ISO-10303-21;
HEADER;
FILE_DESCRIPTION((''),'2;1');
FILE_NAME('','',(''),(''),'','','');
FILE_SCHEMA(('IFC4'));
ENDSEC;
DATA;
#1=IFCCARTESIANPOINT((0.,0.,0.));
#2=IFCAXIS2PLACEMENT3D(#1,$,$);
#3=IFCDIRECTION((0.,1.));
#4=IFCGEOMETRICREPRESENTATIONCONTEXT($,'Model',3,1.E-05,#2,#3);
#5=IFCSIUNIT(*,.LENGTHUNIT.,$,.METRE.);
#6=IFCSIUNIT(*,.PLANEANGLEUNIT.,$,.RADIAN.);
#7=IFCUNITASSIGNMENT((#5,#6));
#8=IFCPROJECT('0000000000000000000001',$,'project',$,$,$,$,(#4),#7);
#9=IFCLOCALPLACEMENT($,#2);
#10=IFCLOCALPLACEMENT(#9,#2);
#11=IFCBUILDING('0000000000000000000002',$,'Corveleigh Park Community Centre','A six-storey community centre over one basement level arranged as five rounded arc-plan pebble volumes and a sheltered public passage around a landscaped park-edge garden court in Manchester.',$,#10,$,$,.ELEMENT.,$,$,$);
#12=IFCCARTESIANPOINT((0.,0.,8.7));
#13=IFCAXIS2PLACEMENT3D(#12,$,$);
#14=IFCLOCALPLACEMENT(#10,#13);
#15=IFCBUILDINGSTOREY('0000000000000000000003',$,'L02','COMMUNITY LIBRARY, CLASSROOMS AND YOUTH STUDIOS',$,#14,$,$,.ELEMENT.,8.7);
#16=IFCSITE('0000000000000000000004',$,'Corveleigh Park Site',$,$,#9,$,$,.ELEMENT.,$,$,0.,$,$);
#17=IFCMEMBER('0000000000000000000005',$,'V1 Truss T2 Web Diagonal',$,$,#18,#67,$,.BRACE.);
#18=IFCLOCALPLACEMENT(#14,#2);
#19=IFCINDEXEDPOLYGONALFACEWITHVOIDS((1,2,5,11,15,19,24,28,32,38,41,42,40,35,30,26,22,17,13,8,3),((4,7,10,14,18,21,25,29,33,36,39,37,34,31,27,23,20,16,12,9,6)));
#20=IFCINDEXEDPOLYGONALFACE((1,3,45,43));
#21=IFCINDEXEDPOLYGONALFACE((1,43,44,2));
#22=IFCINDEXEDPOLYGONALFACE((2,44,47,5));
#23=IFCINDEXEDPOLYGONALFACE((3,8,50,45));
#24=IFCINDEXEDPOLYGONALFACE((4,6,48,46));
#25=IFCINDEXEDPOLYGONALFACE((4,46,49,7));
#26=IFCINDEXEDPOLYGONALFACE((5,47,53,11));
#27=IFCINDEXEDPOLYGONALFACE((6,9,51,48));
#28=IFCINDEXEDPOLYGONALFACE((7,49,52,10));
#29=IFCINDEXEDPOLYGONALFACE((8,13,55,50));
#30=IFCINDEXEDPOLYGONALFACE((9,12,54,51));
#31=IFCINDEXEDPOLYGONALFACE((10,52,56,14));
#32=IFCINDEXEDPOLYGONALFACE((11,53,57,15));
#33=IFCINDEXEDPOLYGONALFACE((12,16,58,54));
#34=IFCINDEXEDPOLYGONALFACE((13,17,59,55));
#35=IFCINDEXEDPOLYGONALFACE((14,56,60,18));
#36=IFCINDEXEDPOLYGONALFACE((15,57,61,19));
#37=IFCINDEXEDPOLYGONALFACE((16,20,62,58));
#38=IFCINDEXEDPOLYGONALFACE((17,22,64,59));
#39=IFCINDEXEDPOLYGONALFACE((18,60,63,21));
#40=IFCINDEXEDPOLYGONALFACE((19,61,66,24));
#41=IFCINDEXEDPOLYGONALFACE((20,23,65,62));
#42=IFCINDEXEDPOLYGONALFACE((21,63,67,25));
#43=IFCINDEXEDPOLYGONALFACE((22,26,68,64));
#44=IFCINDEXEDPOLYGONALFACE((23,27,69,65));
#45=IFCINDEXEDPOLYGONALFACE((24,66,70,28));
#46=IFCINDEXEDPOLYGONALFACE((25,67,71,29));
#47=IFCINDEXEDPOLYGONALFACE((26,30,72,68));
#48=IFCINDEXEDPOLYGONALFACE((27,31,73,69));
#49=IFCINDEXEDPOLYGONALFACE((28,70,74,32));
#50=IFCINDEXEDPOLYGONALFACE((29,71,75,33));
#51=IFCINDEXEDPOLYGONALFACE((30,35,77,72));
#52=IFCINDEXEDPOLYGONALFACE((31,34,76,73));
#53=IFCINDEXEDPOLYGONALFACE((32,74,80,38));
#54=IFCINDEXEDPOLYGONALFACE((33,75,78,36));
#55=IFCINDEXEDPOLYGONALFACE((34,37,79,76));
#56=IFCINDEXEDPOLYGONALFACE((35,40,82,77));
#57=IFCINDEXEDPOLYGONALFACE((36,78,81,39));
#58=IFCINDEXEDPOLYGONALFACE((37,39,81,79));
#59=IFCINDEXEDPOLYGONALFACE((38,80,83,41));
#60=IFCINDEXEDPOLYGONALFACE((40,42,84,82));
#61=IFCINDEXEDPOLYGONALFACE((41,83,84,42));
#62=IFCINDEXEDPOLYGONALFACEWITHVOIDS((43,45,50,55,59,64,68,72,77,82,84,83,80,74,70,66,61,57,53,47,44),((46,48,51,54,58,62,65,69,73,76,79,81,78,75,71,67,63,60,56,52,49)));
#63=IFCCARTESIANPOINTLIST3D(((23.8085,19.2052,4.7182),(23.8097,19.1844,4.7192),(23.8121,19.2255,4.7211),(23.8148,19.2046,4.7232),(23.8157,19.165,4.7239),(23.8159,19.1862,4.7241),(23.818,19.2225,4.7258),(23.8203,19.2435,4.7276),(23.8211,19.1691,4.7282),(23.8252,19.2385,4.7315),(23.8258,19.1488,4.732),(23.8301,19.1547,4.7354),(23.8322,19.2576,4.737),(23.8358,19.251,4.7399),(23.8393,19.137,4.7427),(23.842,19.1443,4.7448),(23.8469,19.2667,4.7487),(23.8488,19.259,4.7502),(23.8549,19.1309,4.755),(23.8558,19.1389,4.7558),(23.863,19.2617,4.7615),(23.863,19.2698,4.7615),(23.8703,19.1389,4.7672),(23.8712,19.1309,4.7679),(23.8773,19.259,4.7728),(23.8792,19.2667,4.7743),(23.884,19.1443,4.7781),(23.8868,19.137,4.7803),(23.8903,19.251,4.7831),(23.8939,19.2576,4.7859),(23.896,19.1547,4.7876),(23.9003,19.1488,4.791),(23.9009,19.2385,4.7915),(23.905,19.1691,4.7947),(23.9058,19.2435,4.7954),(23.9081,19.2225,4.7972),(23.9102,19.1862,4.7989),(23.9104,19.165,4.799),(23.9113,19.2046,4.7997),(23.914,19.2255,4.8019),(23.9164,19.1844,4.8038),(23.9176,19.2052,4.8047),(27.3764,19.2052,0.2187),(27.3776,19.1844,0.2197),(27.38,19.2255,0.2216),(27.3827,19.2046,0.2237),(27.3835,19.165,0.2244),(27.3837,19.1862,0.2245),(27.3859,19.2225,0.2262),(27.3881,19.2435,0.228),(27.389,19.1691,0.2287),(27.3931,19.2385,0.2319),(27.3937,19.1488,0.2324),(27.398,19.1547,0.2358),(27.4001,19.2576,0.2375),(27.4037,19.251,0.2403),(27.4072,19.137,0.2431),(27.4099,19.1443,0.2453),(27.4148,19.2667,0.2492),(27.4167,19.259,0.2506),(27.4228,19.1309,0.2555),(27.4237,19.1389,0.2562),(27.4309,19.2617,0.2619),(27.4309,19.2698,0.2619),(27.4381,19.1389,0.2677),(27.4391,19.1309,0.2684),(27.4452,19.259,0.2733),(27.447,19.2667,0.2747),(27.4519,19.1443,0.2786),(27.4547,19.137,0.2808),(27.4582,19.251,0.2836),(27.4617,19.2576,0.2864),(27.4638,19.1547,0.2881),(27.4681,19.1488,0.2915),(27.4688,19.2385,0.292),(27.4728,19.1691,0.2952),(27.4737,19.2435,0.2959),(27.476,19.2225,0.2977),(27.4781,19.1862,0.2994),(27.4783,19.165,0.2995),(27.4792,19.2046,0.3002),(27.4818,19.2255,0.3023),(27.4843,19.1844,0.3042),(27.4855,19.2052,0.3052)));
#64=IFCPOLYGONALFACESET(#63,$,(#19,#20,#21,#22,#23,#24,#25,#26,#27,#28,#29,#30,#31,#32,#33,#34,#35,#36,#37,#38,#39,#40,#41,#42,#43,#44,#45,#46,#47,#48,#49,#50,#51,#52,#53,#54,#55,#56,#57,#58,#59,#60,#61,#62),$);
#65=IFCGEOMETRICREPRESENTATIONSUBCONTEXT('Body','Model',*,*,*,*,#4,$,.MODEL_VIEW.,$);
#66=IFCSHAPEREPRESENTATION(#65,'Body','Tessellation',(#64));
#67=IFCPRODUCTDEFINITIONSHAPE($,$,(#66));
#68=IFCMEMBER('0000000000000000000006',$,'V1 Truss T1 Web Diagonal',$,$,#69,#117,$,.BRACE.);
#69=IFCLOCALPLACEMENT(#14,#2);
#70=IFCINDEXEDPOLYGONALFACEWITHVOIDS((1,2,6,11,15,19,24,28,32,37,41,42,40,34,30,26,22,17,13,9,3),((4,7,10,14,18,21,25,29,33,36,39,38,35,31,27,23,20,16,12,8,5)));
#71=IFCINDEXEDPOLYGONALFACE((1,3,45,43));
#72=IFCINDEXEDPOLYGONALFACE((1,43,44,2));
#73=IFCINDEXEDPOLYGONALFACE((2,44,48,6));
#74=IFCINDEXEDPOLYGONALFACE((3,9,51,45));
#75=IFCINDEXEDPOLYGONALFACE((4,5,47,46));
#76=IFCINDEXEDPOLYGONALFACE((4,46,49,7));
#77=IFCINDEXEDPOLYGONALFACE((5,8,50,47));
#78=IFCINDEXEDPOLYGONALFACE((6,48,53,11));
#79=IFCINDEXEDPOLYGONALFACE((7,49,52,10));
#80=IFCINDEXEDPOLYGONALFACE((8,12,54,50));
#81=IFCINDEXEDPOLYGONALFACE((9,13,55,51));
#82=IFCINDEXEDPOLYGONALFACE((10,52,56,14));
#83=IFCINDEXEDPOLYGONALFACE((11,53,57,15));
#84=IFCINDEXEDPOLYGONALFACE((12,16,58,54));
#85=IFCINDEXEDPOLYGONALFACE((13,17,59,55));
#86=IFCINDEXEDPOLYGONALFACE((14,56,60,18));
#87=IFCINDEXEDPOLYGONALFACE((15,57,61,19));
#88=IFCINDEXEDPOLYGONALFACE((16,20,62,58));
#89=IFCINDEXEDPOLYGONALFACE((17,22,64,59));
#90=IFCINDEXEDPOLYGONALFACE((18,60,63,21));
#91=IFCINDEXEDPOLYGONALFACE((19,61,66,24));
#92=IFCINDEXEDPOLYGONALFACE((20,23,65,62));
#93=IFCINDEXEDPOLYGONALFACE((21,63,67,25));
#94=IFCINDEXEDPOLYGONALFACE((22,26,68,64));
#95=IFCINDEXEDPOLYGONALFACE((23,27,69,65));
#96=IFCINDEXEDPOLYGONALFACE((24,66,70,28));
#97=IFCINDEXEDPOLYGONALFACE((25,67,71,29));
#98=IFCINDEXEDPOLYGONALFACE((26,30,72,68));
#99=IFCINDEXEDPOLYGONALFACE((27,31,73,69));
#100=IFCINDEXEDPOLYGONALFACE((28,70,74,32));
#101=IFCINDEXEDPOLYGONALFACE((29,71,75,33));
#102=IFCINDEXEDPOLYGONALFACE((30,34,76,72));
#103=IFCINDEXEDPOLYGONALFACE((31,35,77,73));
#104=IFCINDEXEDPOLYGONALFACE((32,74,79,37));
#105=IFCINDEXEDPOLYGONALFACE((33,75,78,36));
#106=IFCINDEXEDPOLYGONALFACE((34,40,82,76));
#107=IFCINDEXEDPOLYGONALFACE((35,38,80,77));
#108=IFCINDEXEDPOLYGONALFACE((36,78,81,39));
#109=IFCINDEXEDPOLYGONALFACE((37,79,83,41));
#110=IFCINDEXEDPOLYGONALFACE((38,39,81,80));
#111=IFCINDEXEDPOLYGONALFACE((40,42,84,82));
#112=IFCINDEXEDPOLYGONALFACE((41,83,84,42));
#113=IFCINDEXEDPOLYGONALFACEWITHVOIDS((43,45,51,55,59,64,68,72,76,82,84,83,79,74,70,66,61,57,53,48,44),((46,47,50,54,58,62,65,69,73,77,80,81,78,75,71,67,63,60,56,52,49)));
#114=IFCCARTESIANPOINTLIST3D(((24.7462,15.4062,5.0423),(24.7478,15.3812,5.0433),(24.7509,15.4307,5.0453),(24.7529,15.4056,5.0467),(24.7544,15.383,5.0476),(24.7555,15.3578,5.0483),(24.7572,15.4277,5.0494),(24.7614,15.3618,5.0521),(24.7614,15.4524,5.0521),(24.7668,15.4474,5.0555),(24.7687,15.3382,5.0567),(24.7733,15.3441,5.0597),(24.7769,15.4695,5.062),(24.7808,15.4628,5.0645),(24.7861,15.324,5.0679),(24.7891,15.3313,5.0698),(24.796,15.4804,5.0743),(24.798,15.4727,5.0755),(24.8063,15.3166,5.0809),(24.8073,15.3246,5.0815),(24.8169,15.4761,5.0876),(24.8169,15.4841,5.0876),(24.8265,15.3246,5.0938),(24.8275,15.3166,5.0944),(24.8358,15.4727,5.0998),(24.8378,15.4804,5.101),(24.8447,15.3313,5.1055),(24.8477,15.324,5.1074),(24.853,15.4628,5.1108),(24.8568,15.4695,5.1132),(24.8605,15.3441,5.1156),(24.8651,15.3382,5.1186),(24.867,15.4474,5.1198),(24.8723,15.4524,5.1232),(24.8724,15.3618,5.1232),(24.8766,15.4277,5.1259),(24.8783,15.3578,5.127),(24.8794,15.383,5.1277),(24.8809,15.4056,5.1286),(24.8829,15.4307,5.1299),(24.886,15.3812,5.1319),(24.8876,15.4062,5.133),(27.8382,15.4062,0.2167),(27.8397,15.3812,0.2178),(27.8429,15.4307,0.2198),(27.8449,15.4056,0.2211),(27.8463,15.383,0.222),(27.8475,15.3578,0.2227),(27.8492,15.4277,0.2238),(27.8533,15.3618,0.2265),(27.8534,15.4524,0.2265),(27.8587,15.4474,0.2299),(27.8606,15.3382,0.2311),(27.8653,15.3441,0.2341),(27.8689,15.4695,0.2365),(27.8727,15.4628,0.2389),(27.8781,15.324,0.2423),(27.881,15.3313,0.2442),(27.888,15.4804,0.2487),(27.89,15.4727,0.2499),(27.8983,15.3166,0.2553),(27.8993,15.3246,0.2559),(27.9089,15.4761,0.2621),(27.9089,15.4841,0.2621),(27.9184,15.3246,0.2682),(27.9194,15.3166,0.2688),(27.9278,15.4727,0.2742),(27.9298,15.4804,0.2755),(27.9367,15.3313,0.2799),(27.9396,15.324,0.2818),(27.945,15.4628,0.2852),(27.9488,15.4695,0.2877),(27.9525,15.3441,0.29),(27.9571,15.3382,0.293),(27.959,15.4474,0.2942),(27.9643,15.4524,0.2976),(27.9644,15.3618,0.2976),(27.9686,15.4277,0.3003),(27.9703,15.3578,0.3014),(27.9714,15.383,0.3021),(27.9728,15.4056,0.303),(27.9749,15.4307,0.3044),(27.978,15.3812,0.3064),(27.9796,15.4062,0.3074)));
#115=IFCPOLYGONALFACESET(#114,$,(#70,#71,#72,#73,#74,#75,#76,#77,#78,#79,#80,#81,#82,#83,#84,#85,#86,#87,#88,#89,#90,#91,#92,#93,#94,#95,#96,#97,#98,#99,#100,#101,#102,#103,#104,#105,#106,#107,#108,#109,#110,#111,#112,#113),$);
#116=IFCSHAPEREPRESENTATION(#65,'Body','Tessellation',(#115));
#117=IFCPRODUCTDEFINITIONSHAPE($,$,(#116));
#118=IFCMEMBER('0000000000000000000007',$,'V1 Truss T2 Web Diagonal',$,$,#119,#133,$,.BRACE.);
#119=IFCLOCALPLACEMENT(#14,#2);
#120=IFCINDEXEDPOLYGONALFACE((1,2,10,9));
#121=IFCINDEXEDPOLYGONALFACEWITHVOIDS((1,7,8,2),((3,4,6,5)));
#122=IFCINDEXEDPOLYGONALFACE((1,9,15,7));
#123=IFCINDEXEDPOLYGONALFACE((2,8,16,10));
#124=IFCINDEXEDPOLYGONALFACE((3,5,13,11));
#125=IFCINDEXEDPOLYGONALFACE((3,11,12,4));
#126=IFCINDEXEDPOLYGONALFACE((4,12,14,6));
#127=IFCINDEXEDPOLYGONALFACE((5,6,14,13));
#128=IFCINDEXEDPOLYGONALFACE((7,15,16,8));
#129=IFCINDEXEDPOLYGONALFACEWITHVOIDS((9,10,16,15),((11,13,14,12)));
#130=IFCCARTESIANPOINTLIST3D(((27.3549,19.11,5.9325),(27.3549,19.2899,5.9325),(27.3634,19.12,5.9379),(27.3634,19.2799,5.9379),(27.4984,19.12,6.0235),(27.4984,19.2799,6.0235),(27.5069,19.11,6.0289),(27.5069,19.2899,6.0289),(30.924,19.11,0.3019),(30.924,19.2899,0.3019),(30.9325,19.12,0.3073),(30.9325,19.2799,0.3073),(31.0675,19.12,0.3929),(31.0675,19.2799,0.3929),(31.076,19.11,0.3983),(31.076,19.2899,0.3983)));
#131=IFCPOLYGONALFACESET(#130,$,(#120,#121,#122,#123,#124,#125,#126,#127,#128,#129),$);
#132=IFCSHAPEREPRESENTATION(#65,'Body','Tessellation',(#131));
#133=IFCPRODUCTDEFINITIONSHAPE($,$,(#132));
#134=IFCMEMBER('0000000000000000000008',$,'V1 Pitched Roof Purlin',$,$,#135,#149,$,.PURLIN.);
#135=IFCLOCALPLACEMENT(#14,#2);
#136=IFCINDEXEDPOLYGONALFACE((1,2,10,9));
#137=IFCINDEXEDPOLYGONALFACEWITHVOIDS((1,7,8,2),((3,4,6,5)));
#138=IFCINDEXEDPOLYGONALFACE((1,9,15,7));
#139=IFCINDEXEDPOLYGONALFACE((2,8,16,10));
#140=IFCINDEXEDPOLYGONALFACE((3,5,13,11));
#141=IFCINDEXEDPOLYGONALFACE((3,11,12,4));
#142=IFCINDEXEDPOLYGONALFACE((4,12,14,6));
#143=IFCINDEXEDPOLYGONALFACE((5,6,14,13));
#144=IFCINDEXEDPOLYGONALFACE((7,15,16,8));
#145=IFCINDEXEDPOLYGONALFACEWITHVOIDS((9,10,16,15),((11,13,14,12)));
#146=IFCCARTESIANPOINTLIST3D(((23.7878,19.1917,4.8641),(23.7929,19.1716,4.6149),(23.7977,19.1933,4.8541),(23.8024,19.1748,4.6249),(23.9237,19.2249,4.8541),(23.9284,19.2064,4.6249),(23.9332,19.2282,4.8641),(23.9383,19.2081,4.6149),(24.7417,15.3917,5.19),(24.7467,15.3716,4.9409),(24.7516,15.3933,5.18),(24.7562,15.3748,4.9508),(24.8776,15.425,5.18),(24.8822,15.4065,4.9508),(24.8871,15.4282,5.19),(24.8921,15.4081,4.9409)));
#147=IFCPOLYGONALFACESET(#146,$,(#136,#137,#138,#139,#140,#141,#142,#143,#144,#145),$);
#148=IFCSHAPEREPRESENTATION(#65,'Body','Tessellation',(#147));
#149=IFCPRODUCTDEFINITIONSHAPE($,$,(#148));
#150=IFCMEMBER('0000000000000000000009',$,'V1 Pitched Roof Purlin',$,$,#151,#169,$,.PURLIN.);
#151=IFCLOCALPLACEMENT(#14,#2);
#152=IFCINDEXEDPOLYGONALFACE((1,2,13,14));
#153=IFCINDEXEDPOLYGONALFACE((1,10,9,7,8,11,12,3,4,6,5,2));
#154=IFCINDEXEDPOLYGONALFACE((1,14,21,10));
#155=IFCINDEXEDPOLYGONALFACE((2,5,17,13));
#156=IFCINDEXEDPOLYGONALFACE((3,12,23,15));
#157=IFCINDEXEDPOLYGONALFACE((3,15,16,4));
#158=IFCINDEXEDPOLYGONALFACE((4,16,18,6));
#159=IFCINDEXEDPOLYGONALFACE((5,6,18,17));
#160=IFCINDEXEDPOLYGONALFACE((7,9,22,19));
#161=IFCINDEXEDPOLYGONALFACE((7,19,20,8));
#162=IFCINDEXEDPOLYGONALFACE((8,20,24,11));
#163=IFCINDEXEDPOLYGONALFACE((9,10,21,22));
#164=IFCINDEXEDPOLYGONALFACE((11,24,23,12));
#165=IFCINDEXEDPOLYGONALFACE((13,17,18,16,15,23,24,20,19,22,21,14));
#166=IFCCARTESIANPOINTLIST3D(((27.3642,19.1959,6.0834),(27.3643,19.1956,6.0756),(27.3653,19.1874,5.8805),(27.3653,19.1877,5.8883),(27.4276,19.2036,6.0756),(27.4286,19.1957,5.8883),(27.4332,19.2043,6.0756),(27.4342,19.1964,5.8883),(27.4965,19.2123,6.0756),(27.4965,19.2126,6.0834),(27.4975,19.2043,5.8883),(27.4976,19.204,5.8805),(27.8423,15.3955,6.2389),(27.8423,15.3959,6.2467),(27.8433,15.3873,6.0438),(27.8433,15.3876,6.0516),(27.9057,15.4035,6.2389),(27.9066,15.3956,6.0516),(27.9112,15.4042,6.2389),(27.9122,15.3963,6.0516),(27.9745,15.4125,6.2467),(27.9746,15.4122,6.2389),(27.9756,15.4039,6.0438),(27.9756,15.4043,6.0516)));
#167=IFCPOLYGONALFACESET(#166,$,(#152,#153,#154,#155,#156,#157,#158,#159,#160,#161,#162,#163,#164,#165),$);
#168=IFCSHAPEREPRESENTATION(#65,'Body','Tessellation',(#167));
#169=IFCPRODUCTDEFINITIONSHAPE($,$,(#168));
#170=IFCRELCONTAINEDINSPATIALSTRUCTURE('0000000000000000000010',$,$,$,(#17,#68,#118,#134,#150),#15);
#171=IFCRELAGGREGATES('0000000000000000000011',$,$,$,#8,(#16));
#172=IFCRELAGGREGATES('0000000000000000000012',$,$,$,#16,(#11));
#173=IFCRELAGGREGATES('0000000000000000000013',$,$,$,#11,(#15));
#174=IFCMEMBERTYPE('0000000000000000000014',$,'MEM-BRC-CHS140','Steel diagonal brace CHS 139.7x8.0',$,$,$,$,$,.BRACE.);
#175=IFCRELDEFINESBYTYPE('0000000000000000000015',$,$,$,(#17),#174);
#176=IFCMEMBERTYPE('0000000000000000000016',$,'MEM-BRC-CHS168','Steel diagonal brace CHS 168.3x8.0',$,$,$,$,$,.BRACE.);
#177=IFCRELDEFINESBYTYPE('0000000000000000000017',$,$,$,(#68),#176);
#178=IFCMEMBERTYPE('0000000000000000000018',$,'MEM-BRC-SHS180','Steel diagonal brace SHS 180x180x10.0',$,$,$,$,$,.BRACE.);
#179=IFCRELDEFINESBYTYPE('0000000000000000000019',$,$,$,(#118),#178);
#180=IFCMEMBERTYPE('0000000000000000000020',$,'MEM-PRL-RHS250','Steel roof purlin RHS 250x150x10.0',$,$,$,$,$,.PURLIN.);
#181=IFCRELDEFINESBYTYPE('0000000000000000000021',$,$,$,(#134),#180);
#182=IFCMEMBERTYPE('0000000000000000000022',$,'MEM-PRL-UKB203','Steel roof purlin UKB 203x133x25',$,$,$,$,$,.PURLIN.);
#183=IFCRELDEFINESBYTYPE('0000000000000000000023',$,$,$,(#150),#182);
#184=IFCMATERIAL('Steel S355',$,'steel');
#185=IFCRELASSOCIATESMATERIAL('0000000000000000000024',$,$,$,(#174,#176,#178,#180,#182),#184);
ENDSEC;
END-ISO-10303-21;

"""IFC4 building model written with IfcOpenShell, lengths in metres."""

from ifc_helpers import new_model, si_unit, direction, frame, origin, origin_2d, place, context, subcontext, project, spatial, hollow_rectangle, hollow_circle, i_section, extrude, material, material_profile, profile_set, type_object, element, save


model = new_model("IFC4")

# Units and contexts
model_context = context("Model", 3, precision=1e-05, world=origin(), true_north=direction((0.0, 1.0)))
body_context = subcontext(model_context, "Body", "Model", "MODEL_VIEW")
ifc_project = project(units=[si_unit("LENGTHUNIT", "METRE"), si_unit("PLANEANGLEUNIT", "RADIAN")], contexts=[model_context])

# Site, building, storey
site_placement = place(None, origin())
site = spatial("IfcSite", under=ifc_project, at=site_placement, Name="Corveleigh Park Site", CompositionType="ELEMENT", RefElevation=0.0)
building_placement = place(site_placement, origin())
building = spatial("IfcBuilding", under=site, at=building_placement, Name="Corveleigh Park Community Centre", Description="A six-storey community centre over one basement level arranged as five rounded arc-plan pebble volumes and a sheltered public passage around a landscaped park-edge garden court in Manchester.", CompositionType="ELEMENT")
storey_placement = place(building_placement, frame((0.0, 0.0, 8.7)))
storey = spatial("IfcBuildingStorey", under=building, at=storey_placement, Name="L02", Description="COMMUNITY LIBRARY, CLASSROOMS AND YOUTH STUDIOS", CompositionType="ELEMENT", Elevation=8.7)

# Members
ifc_material_1 = material(Name="Steel S355", Category="steel")
ifc_material_profile_1 = material_profile(ifc_material_1, hollow_circle(Radius=0.0698, WallThickness=0.0081, at=origin_2d()), Name="CHS 139.7x8.0", Category="steel")
ifc_profile_set_1 = profile_set([ifc_material_profile_1], Name="Steel S355")
member_type_1 = type_object("IfcMemberType", Name="MEM-BRC-CHS140", Description="Steel diagonal brace CHS 139.7x8.0", PredefinedType="BRACE", material=ifc_profile_set_1)
member_1_placement = place(storey_placement, frame((23.863, 19.2, 4.7615), z_axis=(0.621319, 0.0, -0.783558), x_axis=(0.0, 1.0, 0.0)))
element("IfcMember", 1, at=member_1_placement, inside=storey, type_object=member_type_1, Name="V1 Truss T2 Web Diagonal", PredefinedType="BRACE", context=body_context, shape_type="SweptSolid", body=[
    extrude(hollow_circle(Radius=0.0698, WallThickness=0.0081, at=origin_2d()), origin(), (0.0, 0.0, 1.0), 5.7424),
])
ifc_material_profile_2 = material_profile(ifc_material_1, hollow_circle(Radius=0.0842, WallThickness=0.0081, at=origin_2d()), Name="CHS 168.3x8.0", Category="steel")
ifc_profile_set_2 = profile_set([ifc_material_profile_2], Name="Steel S355")
member_type_2 = type_object("IfcMemberType", Name="MEM-BRC-CHS168", Description="Steel diagonal brace CHS 168.3x8.0", PredefinedType="BRACE", material=ifc_profile_set_2)
member_2_placement = place(storey_placement, frame((24.8169, 15.3999, 5.0876), z_axis=(0.5395, 0.0, -0.841986), x_axis=(0.0, 1.0, 0.0)))
element("IfcMember", 2, at=member_2_placement, inside=storey, type_object=member_type_2, Name="V1 Truss T1 Web Diagonal", PredefinedType="BRACE", context=body_context, shape_type="SweptSolid", body=[
    extrude(hollow_circle(Radius=0.0842, WallThickness=0.0081, at=origin_2d()), origin(), (0.0, 0.0, 1.0), 5.7312),
])
ifc_material_profile_3 = material_profile(ifc_material_1, hollow_rectangle(XDim=0.1799, YDim=0.1799, WallThickness=0.01, at=origin_2d()), Name="SHS 180x180x10.0", Category="steel")
ifc_profile_set_3 = profile_set([ifc_material_profile_3], Name="Steel S355")
member_type_3 = type_object("IfcMemberType", Name="MEM-BRC-SHS180", Description="Steel diagonal brace SHS 180x180x10.0", PredefinedType="BRACE", material=ifc_profile_set_3)
member_3_placement = place(storey_placement, frame((27.4309, 19.2, 5.9807), z_axis=(0.535377, 0.0, -0.844613), x_axis=(0.0, 1.0, 0.0)))
element("IfcMember", 3, at=member_3_placement, inside=storey, type_object=member_type_3, Name="V1 Truss T2 Web Diagonal", PredefinedType="BRACE", context=body_context, shape_type="SweptSolid", body=[
    extrude(hollow_rectangle(XDim=0.1799, YDim=0.1799, WallThickness=0.01, at=origin_2d()), origin(), (0.0, 0.0, 1.0), 6.6665),
])
ifc_material_profile_4 = material_profile(ifc_material_1, hollow_rectangle(XDim=0.1499, YDim=0.25, WallThickness=0.01, at=origin_2d()), Name="RHS 250x150x10.0", Category="steel")
ifc_profile_set_4 = profile_set([ifc_material_profile_4], Name="Steel S355")
member_type_4 = type_object("IfcMemberType", Name="MEM-PRL-RHS250", Description="Steel roof purlin RHS 250x150x10.0", PredefinedType="PURLIN", material=ifc_profile_set_4)
member_4_placement = place(storey_placement, frame((24.8169, 15.3999, 5.0654), z_axis=(-0.242621, 0.966572, -0.082902), x_axis=(-0.969911, -0.243459, 0.0)))
element("IfcMember", 4, at=member_4_placement, inside=storey, type_object=member_type_4, Name="V1 Pitched Roof Purlin", PredefinedType="PURLIN", context=body_context, shape_type="SweptSolid", body=[
    extrude(hollow_rectangle(XDim=0.1499, YDim=0.25, WallThickness=0.01, at=origin_2d()), origin(), (0.0, 0.0, 1.0), 3.9314),
])
ifc_material_profile_5 = material_profile(ifc_material_1, i_section(OverallWidth=0.1333, OverallDepth=0.2031, WebThickness=0.0056, FlangeThickness=0.0078, at=origin_2d()), Name="UKB 203x133x25", Category="steel")
ifc_profile_set_5 = profile_set([ifc_material_profile_5], Name="Steel S355")
member_type_5 = type_object("IfcMemberType", Name="MEM-PRL-UKB203", Description="Steel roof purlin UKB 203x133x25", PredefinedType="PURLIN", material=ifc_profile_set_5)
member_5_placement = place(storey_placement, frame((27.9089, 15.3999, 6.1453), z_axis=(-0.124698, 0.99128, -0.042606), x_axis=(-0.99218, -0.124811, 0.0)))
element("IfcMember", 5, at=member_5_placement, inside=storey, type_object=member_type_5, Name="V1 Pitched Roof Purlin", PredefinedType="PURLIN", context=body_context, shape_type="SweptSolid", body=[
    extrude(i_section(OverallWidth=0.1333, OverallDepth=0.2031, WebThickness=0.0056, FlangeThickness=0.0078, at=origin_2d()), origin(), (0.0, 0.0, 1.0), 3.8335),
])

save(model, "model.ifc")
